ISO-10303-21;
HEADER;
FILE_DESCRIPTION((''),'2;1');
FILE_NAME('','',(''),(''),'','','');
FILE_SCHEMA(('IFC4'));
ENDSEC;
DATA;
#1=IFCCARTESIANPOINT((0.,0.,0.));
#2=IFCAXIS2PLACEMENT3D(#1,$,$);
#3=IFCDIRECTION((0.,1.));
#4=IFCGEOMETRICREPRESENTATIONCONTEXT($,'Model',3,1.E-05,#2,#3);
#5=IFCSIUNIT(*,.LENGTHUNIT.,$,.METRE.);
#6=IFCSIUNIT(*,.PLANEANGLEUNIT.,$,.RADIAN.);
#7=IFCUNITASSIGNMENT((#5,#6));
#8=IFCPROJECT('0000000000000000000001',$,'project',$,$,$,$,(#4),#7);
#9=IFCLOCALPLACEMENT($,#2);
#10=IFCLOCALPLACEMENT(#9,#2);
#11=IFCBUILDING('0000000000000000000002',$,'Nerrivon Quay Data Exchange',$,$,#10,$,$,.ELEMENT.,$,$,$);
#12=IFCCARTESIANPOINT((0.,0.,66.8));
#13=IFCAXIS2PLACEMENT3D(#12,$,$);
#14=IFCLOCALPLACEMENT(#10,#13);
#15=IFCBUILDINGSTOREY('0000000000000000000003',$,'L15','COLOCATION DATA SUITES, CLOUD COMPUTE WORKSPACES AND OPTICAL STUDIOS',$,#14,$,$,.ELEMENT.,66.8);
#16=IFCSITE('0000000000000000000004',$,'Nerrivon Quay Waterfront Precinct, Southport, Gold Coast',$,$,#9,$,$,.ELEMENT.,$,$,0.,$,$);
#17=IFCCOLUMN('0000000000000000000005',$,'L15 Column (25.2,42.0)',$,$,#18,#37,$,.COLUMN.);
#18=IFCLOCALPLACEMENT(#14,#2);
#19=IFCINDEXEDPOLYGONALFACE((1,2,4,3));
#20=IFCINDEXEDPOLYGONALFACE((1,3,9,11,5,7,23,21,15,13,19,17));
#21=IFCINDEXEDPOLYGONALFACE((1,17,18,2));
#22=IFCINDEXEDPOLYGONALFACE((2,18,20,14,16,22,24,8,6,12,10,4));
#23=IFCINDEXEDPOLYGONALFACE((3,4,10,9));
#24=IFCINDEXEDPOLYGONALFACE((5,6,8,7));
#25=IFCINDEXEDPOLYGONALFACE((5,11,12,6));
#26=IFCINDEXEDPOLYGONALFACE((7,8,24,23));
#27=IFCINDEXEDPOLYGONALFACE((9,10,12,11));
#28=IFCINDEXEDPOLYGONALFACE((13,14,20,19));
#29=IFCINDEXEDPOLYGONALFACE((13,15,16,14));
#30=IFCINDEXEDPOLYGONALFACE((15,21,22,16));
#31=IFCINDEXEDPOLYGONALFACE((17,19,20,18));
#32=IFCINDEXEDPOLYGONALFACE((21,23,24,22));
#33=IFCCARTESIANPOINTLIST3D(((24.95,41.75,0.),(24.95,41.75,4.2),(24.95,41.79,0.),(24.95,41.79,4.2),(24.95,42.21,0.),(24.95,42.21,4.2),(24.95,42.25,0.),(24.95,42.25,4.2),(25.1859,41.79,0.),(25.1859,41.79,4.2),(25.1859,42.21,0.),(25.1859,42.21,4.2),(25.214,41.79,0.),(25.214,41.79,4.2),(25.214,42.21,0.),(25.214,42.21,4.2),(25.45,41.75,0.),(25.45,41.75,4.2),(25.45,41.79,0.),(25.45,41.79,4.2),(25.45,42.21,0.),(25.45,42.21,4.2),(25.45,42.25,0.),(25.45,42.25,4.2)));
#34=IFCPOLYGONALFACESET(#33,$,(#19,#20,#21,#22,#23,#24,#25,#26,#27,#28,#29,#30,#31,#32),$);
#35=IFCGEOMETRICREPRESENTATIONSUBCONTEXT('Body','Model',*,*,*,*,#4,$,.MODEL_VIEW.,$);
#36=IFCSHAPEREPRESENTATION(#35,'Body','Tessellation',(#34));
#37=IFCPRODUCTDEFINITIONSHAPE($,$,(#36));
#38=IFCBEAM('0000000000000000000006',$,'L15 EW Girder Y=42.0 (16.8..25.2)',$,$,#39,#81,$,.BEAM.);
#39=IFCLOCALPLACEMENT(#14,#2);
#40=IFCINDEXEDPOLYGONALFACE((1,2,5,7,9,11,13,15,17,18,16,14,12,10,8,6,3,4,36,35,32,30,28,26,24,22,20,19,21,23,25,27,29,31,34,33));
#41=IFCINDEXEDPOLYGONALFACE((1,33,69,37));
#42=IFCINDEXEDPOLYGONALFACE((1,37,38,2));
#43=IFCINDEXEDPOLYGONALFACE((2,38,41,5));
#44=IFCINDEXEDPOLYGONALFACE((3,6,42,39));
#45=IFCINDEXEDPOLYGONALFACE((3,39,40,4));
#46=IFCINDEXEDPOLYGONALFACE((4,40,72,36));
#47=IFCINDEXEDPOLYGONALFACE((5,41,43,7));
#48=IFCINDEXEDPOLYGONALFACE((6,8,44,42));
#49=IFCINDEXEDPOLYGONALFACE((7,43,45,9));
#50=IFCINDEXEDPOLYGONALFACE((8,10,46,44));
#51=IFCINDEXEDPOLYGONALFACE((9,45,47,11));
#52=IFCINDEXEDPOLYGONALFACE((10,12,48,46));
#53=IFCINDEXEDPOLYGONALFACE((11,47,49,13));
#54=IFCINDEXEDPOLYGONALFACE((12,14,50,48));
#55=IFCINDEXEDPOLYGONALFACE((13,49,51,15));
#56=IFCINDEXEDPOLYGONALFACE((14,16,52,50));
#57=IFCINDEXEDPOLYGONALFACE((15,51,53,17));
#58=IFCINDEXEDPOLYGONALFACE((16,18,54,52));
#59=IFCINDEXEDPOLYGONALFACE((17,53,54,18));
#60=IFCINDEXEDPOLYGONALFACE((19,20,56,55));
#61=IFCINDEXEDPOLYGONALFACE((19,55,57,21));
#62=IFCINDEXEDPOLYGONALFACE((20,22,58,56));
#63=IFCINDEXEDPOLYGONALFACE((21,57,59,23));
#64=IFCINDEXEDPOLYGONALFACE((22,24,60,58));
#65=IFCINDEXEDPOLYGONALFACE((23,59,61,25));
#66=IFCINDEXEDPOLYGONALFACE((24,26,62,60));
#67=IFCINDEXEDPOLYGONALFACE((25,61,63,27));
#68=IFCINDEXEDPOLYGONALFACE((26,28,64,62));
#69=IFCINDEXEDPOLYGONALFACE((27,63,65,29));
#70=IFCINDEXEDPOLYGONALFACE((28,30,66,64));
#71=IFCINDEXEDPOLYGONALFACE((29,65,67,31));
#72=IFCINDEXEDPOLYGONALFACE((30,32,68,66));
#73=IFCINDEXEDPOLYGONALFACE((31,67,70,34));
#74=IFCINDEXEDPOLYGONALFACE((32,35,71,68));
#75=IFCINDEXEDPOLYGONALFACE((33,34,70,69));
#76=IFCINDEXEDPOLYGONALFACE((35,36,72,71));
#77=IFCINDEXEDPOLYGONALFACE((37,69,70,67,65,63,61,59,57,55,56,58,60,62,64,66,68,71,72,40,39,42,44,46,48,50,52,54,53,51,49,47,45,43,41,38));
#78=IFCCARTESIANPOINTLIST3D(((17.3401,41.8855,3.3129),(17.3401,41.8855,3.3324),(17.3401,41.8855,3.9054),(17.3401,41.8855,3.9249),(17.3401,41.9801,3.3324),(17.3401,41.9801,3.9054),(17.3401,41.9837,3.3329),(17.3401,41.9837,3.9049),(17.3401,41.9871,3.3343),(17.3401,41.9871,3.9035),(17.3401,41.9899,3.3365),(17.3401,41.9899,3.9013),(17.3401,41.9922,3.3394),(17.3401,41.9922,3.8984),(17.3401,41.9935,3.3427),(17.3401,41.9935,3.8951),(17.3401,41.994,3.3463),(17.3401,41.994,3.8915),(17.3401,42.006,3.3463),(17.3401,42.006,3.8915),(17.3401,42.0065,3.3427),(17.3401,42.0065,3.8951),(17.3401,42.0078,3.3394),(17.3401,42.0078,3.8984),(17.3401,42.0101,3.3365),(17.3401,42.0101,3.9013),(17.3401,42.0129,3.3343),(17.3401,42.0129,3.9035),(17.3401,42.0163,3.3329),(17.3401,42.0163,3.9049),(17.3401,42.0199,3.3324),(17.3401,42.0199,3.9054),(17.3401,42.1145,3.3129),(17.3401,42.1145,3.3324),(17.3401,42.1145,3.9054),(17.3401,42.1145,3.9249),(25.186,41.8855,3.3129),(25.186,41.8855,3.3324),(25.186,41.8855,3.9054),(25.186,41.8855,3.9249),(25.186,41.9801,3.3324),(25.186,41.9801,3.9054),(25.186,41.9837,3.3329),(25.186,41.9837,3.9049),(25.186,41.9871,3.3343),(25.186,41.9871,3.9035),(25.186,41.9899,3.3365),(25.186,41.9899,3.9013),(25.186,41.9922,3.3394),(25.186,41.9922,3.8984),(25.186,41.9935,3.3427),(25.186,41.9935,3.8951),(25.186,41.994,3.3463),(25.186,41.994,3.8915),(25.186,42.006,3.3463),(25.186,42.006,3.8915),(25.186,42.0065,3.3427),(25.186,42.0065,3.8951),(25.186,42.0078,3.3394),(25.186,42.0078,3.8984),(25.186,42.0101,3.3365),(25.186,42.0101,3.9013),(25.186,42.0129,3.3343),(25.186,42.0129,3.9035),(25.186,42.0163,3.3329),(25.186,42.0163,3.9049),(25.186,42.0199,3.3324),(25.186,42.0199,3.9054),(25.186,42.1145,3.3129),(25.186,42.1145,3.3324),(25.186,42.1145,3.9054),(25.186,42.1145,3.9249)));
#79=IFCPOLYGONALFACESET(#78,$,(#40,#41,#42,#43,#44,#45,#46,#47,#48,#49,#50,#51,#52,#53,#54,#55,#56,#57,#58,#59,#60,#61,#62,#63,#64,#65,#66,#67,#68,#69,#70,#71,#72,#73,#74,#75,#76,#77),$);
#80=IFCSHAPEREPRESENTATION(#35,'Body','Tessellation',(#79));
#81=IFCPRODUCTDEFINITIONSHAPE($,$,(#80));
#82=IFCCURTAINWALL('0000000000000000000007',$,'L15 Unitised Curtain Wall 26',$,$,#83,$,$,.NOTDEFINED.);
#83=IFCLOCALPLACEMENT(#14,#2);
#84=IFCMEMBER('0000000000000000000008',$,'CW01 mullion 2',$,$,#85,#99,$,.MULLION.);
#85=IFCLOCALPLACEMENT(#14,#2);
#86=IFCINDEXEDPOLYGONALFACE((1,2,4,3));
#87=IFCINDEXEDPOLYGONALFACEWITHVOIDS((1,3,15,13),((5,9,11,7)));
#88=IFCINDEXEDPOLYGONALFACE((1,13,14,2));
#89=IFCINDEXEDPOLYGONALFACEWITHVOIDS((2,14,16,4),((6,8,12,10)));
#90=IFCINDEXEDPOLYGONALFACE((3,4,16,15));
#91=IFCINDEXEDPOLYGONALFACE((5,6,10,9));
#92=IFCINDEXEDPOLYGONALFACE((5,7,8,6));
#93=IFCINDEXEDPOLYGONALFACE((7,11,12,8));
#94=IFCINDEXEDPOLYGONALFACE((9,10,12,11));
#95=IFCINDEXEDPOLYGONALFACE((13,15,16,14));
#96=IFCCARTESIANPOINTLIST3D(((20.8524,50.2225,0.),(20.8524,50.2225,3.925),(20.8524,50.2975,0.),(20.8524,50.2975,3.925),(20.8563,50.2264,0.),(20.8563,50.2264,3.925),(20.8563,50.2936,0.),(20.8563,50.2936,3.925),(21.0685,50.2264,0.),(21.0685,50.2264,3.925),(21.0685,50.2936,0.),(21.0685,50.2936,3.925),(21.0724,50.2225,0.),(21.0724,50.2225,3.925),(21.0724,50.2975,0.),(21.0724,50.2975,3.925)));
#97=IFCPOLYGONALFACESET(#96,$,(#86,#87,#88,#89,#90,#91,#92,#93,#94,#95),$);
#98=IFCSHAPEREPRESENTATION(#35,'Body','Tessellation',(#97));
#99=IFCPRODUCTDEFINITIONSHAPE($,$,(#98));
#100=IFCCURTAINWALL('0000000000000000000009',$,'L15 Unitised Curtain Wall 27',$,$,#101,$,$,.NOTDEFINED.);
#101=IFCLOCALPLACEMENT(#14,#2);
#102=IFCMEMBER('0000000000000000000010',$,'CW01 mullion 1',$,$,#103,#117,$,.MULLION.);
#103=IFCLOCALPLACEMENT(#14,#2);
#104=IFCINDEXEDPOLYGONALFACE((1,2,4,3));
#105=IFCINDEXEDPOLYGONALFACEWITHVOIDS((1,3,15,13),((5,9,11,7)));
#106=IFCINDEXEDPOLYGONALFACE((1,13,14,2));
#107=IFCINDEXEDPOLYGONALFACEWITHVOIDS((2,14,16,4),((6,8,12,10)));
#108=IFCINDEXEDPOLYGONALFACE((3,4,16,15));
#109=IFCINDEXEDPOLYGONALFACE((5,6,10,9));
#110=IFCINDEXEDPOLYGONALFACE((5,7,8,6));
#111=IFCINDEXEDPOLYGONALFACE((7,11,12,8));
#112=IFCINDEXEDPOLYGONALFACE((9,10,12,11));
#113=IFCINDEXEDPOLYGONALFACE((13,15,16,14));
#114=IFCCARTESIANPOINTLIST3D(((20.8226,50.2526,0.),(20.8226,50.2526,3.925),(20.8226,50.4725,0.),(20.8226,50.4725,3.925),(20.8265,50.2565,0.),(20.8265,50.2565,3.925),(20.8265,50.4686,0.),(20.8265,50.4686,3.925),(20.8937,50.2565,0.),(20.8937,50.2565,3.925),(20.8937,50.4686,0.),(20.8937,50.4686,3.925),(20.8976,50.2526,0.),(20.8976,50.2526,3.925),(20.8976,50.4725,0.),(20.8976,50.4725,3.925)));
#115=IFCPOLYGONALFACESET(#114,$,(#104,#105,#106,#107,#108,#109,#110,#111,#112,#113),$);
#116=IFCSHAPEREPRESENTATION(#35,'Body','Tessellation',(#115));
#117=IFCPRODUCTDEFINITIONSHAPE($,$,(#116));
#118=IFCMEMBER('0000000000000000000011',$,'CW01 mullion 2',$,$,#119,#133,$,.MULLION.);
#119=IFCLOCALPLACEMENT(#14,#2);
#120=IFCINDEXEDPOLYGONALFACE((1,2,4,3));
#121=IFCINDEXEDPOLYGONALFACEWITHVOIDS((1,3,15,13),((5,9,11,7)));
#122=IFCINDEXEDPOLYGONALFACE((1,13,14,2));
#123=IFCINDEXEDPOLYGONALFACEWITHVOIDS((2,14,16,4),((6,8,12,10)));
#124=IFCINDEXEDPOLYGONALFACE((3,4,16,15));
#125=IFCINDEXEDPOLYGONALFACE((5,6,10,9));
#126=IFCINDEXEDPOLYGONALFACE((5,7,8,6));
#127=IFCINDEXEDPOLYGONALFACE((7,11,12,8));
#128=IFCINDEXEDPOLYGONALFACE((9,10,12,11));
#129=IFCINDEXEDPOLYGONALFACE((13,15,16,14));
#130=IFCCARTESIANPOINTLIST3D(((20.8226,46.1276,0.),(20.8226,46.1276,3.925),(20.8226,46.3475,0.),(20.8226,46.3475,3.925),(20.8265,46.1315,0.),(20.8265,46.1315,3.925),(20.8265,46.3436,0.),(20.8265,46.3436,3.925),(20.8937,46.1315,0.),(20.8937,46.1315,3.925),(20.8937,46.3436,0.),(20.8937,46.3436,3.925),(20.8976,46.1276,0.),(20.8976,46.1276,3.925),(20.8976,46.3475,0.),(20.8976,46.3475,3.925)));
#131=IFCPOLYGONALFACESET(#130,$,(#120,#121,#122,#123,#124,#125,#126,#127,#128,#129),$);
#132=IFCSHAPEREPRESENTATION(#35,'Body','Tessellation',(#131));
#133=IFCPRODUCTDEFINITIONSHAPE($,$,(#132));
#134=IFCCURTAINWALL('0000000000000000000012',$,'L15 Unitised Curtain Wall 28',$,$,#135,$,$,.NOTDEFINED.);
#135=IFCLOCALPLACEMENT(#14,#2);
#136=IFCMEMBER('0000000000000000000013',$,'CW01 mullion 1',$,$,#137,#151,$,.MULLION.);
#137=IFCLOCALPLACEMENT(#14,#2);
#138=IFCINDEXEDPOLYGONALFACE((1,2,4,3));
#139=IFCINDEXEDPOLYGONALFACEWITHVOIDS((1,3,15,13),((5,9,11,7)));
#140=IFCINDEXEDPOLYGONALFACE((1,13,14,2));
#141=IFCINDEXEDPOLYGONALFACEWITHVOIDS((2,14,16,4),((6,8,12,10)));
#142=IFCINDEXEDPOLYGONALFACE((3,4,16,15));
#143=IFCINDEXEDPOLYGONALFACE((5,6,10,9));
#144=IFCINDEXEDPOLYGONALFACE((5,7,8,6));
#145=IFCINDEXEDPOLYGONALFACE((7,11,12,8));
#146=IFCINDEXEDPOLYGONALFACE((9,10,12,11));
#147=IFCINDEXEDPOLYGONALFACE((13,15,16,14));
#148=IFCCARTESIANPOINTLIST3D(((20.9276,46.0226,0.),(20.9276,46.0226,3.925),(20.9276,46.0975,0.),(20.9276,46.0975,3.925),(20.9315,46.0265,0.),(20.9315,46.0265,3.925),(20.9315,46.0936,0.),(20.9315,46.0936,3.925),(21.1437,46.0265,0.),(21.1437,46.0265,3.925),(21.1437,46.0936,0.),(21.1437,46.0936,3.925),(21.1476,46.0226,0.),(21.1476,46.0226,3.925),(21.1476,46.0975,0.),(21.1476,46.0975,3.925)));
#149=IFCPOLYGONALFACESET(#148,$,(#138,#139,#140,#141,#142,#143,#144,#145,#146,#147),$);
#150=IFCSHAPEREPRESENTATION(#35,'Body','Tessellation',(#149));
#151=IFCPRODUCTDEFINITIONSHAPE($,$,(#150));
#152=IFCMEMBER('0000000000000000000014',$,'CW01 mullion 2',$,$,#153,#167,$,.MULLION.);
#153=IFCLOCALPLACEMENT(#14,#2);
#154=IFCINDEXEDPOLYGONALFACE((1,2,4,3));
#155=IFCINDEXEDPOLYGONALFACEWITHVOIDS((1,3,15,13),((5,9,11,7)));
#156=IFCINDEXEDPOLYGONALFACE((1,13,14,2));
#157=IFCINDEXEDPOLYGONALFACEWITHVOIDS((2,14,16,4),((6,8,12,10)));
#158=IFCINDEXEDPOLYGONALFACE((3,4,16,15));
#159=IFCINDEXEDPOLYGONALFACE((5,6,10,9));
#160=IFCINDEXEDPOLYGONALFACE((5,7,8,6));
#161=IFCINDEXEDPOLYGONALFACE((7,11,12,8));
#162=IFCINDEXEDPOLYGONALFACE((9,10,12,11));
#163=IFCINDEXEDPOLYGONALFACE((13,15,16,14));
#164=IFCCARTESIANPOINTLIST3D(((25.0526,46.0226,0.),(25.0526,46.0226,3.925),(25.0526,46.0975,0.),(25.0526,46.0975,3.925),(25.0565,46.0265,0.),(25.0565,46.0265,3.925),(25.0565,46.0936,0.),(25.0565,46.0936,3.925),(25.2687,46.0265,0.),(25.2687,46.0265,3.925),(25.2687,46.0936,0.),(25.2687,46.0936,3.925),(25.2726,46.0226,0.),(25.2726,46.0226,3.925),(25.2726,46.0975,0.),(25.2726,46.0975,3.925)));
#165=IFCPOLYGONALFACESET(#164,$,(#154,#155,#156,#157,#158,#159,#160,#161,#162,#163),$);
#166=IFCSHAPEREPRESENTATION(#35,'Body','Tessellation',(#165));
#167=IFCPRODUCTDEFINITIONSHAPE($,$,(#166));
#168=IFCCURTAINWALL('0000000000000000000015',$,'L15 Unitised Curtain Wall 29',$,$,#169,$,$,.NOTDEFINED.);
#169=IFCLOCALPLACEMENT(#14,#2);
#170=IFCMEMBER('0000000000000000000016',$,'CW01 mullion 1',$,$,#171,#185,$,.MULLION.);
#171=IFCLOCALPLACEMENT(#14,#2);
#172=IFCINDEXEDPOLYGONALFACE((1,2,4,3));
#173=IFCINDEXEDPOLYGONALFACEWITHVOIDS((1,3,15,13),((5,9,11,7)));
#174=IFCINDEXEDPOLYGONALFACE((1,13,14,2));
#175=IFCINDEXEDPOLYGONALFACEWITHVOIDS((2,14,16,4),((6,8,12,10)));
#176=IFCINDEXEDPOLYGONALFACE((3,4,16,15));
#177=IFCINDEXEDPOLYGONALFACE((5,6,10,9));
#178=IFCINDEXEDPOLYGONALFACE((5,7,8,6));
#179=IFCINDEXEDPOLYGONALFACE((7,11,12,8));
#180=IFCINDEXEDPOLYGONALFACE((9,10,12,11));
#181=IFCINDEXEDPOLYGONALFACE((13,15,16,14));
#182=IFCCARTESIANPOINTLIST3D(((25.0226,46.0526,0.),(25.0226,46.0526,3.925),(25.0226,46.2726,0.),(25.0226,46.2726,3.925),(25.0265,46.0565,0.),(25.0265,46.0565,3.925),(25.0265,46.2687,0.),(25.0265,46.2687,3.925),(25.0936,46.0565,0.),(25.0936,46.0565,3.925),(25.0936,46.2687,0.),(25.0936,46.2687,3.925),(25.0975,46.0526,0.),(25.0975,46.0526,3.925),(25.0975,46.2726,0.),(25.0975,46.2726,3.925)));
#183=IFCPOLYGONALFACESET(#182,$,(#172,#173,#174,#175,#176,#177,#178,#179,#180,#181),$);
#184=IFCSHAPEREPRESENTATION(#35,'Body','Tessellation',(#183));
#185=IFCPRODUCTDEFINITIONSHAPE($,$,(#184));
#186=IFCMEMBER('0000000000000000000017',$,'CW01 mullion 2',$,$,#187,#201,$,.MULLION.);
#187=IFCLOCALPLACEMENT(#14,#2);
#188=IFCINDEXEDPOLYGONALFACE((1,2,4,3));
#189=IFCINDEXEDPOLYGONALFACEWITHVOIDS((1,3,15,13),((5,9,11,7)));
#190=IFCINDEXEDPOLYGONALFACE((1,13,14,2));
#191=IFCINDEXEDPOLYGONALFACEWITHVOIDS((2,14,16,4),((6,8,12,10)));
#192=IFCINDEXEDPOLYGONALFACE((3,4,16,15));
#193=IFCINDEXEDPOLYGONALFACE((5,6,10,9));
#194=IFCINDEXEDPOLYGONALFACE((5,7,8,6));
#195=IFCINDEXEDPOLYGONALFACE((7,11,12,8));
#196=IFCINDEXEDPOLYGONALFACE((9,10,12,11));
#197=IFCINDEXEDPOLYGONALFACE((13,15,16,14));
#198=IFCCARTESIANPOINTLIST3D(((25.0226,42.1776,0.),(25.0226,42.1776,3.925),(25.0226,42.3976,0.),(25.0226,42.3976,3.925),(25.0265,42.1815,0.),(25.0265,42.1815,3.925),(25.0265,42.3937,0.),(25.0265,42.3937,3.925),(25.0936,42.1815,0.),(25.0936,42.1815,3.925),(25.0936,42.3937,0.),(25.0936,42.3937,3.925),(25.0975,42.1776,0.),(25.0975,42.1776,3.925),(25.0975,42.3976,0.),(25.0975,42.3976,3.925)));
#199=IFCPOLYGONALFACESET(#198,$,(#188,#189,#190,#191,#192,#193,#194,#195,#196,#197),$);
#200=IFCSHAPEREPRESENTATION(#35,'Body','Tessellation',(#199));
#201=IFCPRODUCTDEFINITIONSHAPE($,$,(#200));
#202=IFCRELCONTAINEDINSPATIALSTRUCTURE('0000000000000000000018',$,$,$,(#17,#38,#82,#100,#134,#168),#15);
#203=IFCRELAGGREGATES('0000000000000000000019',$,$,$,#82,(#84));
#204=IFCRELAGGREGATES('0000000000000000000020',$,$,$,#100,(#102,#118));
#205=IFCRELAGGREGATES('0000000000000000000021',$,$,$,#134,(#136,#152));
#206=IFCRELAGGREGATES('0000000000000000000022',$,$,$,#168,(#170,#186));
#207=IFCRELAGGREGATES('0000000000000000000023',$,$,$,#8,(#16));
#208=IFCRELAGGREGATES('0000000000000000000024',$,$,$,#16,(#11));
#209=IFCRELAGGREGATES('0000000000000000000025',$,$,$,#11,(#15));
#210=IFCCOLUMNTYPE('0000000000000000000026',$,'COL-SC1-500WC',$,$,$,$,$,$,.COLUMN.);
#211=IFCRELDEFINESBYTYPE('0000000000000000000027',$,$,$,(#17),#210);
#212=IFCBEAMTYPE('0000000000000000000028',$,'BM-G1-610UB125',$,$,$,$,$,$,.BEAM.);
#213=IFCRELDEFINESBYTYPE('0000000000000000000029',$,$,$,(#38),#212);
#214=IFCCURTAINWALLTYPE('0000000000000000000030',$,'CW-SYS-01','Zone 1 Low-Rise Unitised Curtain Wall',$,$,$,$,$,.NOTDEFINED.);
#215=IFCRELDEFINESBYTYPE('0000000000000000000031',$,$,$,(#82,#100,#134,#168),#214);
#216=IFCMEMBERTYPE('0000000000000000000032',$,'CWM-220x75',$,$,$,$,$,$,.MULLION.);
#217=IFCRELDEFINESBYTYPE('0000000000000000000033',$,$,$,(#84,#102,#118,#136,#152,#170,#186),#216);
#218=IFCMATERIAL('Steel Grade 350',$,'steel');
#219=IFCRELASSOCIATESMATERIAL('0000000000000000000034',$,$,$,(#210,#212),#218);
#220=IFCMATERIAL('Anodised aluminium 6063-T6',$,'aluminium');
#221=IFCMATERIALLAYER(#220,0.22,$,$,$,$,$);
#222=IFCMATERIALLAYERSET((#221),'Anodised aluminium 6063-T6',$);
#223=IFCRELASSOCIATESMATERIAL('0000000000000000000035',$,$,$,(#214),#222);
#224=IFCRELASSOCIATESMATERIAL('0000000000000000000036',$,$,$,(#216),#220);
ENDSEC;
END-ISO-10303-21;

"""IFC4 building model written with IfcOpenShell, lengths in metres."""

from ifc_helpers import new_model, si_unit, direction, frame, origin, origin_2d, place, context, subcontext, project, spatial, hollow_rectangle, i_section, extrude, material, layer, layer_set, material_profile, profile_set, type_object, element, aggregate, save


model = new_model("IFC4")

# Units and contexts
model_context = context("Model", 3, precision=1e-05, world=origin(), true_north=direction((0.0, 1.0)))
body_context = subcontext(model_context, "Body", "Model", "MODEL_VIEW")
ifc_project = project(units=[si_unit("LENGTHUNIT", "METRE"), si_unit("PLANEANGLEUNIT", "RADIAN")], contexts=[model_context])

# Site, building, storey
site_placement = place(None, origin())
site = spatial("IfcSite", under=ifc_project, at=site_placement, Name="Nerrivon Quay Waterfront Precinct, Southport, Gold Coast", CompositionType="ELEMENT", RefElevation=0.0)
building_placement = place(site_placement, origin())
building = spatial("IfcBuilding", under=site, at=building_placement, Name="Nerrivon Quay Data Exchange", CompositionType="ELEMENT")
storey_placement = place(building_placement, frame((0.0, 0.0, 66.8)))
storey = spatial("IfcBuildingStorey", under=building, at=storey_placement, Name="L15", Description="COLOCATION DATA SUITES, CLOUD COMPUTE WORKSPACES AND OPTICAL STUDIOS", CompositionType="ELEMENT", Elevation=66.8)

# Column
ifc_material_1 = material(Name="Steel Grade 350", Category="steel")
ifc_material_profile_1 = material_profile(ifc_material_1, i_section(OverallWidth=0.5, OverallDepth=0.5, WebThickness=0.0281, FlangeThickness=0.04, at=origin_2d()), Name="500WC440")
ifc_profile_set_1 = profile_set([ifc_material_profile_1], Name="Steel Grade 350")
column_type = type_object("IfcColumnType", Name="COL-SC1-500WC", PredefinedType="COLUMN", material=ifc_profile_set_1)
column_placement = place(storey_placement, frame((25.2, 42.0, 0.0), z_axis=(0.0, 0.0, 1.0), x_axis=(1.0, 0.0, 0.0)))
element("IfcColumn", 1, at=column_placement, inside=storey, type_object=column_type, Name="L15 Column (25.2,42.0)", PredefinedType="COLUMN", context=body_context, shape_type="SweptSolid", body=[
    extrude(i_section(OverallWidth=0.5, OverallDepth=0.5, WebThickness=0.0281, FlangeThickness=0.04, at=origin_2d()), origin(), (0.0, 0.0, 1.0), 4.2),
])

# Beam
ifc_material_profile_2 = material_profile(ifc_material_1, i_section(OverallWidth=0.229, OverallDepth=0.6121, WebThickness=0.012, FlangeThickness=0.0195, FilletRadius=0.0139, at=origin_2d()), Name="610UB125")
ifc_profile_set_2 = profile_set([ifc_material_profile_2], Name="Steel Grade 350")
beam_type = type_object("IfcBeamType", Name="BM-G1-610UB125", PredefinedType="BEAM", material=ifc_profile_set_2)
beam_placement = place(storey_placement, frame((17.3401, 42.0, 3.6189), z_axis=(1.0, 0.0, 0.0), x_axis=(0.0, 1.0, 0.0)))
element("IfcBeam", 2, at=beam_placement, inside=storey, type_object=beam_type, Name="L15 EW Girder Y=42.0 (16.8..25.2)", PredefinedType="BEAM", context=body_context, shape_type="SweptSolid", body=[
    extrude(i_section(OverallWidth=0.229, OverallDepth=0.6121, WebThickness=0.012, FlangeThickness=0.0195, FilletRadius=0.0139, at=origin_2d()), origin(), (0.0, 0.0, 1.0), 7.8459),
])

# Curtain wall, member
ifc_material_2 = material(Name="Anodised aluminium 6063-T6", Category="aluminium")
ifc_layer_1 = layer(ifc_material_2, 0.22)
ifc_layer_set_1 = layer_set([ifc_layer_1], Name="Anodised aluminium 6063-T6")
curtain_wall_type = type_object("IfcCurtainWallType", Name="CW-SYS-01", Description="Zone 1 Low-Rise Unitised Curtain Wall", PredefinedType="NOTDEFINED", material=ifc_layer_set_1)
curtain_wall_1_placement = place(storey_placement, origin())
curtain_wall_1 = element("IfcCurtainWall", 3, at=curtain_wall_1_placement, inside=storey, type_object=curtain_wall_type, Name="L15 Unitised Curtain Wall 26", PredefinedType="NOTDEFINED")
ifc_material_profile_3 = material_profile(ifc_material_2, hollow_rectangle(XDim=0.075, YDim=0.22, WallThickness=0.0039, at=origin_2d()), Name="ALU-MULL-220x75")
ifc_profile_set_3 = profile_set([ifc_material_profile_3], Name="Anodised aluminium 6063-T6")
member_type_1 = type_object("IfcMemberType", Name="CWM-220x75", PredefinedType="MULLION", material=ifc_profile_set_3)
member_1_placement = place(storey_placement, frame((20.9624, 50.26, 0.0), z_axis=(0.0, 0.0, 1.0), x_axis=(0.0, 1.0, 0.0)))
member_1 = element("IfcMember", 4, at=member_1_placement, type_object=member_type_1, Name="CW01 mullion 2", PredefinedType="MULLION", context=body_context, shape_type="SweptSolid", body=[
    extrude(hollow_rectangle(XDim=0.075, YDim=0.22, WallThickness=0.0039, at=origin_2d()), origin(), (0.0, 0.0, 1.0), 3.925),
])

# Curtain walls, members
curtain_wall_2_placement = place(storey_placement, origin())
curtain_wall_2 = element("IfcCurtainWall", 5, at=curtain_wall_2_placement, inside=storey, type_object=curtain_wall_type, Name="L15 Unitised Curtain Wall 27", PredefinedType="NOTDEFINED")
member_2_placement = place(storey_placement, frame((20.8601, 50.3625, 0.0), z_axis=(0.0, 0.0, 1.0), x_axis=(1.0, 0.0, 0.0)))
member_2 = element("IfcMember", 6, at=member_2_placement, type_object=member_type_1, Name="CW01 mullion 1", PredefinedType="MULLION", context=body_context, shape_type="SweptSolid", body=[
    extrude(hollow_rectangle(XDim=0.075, YDim=0.22, WallThickness=0.0039, at=origin_2d()), origin(), (0.0, 0.0, 1.0), 3.925),
])
member_3_placement = place(storey_placement, frame((20.8601, 46.2375, 0.0), z_axis=(0.0, 0.0, 1.0), x_axis=(1.0, 0.0, 0.0)))
member_3 = element("IfcMember", 7, at=member_3_placement, type_object=member_type_1, Name="CW01 mullion 2", PredefinedType="MULLION", context=body_context, shape_type="SweptSolid", body=[
    extrude(hollow_rectangle(XDim=0.075, YDim=0.22, WallThickness=0.0039, at=origin_2d()), origin(), (0.0, 0.0, 1.0), 3.925),
])
curtain_wall_3_placement = place(storey_placement, origin())
curtain_wall_3 = element("IfcCurtainWall", 8, at=curtain_wall_3_placement, inside=storey, type_object=curtain_wall_type, Name="L15 Unitised Curtain Wall 28", PredefinedType="NOTDEFINED")
member_4_placement = place(storey_placement, frame((21.0376, 46.0601, 0.0), z_axis=(0.0, 0.0, 1.0), x_axis=(0.0, 1.0, 0.0)))
member_4 = element("IfcMember", 9, at=member_4_placement, type_object=member_type_1, Name="CW01 mullion 1", PredefinedType="MULLION", context=body_context, shape_type="SweptSolid", body=[
    extrude(hollow_rectangle(XDim=0.075, YDim=0.22, WallThickness=0.0039, at=origin_2d()), origin(), (0.0, 0.0, 1.0), 3.925),
])
member_5_placement = place(storey_placement, frame((25.1626, 46.0601, 0.0), z_axis=(0.0, 0.0, 1.0), x_axis=(0.0, 1.0, 0.0)))
member_5 = element("IfcMember", 10, at=member_5_placement, type_object=member_type_1, Name="CW01 mullion 2", PredefinedType="MULLION", context=body_context, shape_type="SweptSolid", body=[
    extrude(hollow_rectangle(XDim=0.075, YDim=0.22, WallThickness=0.0039, at=origin_2d()), origin(), (0.0, 0.0, 1.0), 3.925),
])
curtain_wall_4_placement = place(storey_placement, origin())
curtain_wall_4 = element("IfcCurtainWall", 11, at=curtain_wall_4_placement, inside=storey, type_object=curtain_wall_type, Name="L15 Unitised Curtain Wall 29", PredefinedType="NOTDEFINED")
member_6_placement = place(storey_placement, frame((25.0601, 46.1626, 0.0), z_axis=(0.0, 0.0, 1.0), x_axis=(1.0, 0.0, 0.0)))
member_6 = element("IfcMember", 12, at=member_6_placement, type_object=member_type_1, Name="CW01 mullion 1", PredefinedType="MULLION", context=body_context, shape_type="SweptSolid", body=[
    extrude(hollow_rectangle(XDim=0.075, YDim=0.22, WallThickness=0.0039, at=origin_2d()), origin(), (0.0, 0.0, 1.0), 3.925),
])
member_7_placement = place(storey_placement, frame((25.0601, 42.2876, 0.0), z_axis=(0.0, 0.0, 1.0), x_axis=(1.0, 0.0, 0.0)))
member_7 = element("IfcMember", 13, at=member_7_placement, type_object=member_type_1, Name="CW01 mullion 2", PredefinedType="MULLION", context=body_context, shape_type="SweptSolid", body=[
    extrude(hollow_rectangle(XDim=0.075, YDim=0.22, WallThickness=0.0039, at=origin_2d()), origin(), (0.0, 0.0, 1.0), 3.925),
])

aggregate(curtain_wall_1, [member_1])
aggregate(curtain_wall_2, [member_2, member_3])
aggregate(curtain_wall_3, [member_4, member_5])
aggregate(curtain_wall_4, [member_6, member_7])

save(model, "model.ifc")
